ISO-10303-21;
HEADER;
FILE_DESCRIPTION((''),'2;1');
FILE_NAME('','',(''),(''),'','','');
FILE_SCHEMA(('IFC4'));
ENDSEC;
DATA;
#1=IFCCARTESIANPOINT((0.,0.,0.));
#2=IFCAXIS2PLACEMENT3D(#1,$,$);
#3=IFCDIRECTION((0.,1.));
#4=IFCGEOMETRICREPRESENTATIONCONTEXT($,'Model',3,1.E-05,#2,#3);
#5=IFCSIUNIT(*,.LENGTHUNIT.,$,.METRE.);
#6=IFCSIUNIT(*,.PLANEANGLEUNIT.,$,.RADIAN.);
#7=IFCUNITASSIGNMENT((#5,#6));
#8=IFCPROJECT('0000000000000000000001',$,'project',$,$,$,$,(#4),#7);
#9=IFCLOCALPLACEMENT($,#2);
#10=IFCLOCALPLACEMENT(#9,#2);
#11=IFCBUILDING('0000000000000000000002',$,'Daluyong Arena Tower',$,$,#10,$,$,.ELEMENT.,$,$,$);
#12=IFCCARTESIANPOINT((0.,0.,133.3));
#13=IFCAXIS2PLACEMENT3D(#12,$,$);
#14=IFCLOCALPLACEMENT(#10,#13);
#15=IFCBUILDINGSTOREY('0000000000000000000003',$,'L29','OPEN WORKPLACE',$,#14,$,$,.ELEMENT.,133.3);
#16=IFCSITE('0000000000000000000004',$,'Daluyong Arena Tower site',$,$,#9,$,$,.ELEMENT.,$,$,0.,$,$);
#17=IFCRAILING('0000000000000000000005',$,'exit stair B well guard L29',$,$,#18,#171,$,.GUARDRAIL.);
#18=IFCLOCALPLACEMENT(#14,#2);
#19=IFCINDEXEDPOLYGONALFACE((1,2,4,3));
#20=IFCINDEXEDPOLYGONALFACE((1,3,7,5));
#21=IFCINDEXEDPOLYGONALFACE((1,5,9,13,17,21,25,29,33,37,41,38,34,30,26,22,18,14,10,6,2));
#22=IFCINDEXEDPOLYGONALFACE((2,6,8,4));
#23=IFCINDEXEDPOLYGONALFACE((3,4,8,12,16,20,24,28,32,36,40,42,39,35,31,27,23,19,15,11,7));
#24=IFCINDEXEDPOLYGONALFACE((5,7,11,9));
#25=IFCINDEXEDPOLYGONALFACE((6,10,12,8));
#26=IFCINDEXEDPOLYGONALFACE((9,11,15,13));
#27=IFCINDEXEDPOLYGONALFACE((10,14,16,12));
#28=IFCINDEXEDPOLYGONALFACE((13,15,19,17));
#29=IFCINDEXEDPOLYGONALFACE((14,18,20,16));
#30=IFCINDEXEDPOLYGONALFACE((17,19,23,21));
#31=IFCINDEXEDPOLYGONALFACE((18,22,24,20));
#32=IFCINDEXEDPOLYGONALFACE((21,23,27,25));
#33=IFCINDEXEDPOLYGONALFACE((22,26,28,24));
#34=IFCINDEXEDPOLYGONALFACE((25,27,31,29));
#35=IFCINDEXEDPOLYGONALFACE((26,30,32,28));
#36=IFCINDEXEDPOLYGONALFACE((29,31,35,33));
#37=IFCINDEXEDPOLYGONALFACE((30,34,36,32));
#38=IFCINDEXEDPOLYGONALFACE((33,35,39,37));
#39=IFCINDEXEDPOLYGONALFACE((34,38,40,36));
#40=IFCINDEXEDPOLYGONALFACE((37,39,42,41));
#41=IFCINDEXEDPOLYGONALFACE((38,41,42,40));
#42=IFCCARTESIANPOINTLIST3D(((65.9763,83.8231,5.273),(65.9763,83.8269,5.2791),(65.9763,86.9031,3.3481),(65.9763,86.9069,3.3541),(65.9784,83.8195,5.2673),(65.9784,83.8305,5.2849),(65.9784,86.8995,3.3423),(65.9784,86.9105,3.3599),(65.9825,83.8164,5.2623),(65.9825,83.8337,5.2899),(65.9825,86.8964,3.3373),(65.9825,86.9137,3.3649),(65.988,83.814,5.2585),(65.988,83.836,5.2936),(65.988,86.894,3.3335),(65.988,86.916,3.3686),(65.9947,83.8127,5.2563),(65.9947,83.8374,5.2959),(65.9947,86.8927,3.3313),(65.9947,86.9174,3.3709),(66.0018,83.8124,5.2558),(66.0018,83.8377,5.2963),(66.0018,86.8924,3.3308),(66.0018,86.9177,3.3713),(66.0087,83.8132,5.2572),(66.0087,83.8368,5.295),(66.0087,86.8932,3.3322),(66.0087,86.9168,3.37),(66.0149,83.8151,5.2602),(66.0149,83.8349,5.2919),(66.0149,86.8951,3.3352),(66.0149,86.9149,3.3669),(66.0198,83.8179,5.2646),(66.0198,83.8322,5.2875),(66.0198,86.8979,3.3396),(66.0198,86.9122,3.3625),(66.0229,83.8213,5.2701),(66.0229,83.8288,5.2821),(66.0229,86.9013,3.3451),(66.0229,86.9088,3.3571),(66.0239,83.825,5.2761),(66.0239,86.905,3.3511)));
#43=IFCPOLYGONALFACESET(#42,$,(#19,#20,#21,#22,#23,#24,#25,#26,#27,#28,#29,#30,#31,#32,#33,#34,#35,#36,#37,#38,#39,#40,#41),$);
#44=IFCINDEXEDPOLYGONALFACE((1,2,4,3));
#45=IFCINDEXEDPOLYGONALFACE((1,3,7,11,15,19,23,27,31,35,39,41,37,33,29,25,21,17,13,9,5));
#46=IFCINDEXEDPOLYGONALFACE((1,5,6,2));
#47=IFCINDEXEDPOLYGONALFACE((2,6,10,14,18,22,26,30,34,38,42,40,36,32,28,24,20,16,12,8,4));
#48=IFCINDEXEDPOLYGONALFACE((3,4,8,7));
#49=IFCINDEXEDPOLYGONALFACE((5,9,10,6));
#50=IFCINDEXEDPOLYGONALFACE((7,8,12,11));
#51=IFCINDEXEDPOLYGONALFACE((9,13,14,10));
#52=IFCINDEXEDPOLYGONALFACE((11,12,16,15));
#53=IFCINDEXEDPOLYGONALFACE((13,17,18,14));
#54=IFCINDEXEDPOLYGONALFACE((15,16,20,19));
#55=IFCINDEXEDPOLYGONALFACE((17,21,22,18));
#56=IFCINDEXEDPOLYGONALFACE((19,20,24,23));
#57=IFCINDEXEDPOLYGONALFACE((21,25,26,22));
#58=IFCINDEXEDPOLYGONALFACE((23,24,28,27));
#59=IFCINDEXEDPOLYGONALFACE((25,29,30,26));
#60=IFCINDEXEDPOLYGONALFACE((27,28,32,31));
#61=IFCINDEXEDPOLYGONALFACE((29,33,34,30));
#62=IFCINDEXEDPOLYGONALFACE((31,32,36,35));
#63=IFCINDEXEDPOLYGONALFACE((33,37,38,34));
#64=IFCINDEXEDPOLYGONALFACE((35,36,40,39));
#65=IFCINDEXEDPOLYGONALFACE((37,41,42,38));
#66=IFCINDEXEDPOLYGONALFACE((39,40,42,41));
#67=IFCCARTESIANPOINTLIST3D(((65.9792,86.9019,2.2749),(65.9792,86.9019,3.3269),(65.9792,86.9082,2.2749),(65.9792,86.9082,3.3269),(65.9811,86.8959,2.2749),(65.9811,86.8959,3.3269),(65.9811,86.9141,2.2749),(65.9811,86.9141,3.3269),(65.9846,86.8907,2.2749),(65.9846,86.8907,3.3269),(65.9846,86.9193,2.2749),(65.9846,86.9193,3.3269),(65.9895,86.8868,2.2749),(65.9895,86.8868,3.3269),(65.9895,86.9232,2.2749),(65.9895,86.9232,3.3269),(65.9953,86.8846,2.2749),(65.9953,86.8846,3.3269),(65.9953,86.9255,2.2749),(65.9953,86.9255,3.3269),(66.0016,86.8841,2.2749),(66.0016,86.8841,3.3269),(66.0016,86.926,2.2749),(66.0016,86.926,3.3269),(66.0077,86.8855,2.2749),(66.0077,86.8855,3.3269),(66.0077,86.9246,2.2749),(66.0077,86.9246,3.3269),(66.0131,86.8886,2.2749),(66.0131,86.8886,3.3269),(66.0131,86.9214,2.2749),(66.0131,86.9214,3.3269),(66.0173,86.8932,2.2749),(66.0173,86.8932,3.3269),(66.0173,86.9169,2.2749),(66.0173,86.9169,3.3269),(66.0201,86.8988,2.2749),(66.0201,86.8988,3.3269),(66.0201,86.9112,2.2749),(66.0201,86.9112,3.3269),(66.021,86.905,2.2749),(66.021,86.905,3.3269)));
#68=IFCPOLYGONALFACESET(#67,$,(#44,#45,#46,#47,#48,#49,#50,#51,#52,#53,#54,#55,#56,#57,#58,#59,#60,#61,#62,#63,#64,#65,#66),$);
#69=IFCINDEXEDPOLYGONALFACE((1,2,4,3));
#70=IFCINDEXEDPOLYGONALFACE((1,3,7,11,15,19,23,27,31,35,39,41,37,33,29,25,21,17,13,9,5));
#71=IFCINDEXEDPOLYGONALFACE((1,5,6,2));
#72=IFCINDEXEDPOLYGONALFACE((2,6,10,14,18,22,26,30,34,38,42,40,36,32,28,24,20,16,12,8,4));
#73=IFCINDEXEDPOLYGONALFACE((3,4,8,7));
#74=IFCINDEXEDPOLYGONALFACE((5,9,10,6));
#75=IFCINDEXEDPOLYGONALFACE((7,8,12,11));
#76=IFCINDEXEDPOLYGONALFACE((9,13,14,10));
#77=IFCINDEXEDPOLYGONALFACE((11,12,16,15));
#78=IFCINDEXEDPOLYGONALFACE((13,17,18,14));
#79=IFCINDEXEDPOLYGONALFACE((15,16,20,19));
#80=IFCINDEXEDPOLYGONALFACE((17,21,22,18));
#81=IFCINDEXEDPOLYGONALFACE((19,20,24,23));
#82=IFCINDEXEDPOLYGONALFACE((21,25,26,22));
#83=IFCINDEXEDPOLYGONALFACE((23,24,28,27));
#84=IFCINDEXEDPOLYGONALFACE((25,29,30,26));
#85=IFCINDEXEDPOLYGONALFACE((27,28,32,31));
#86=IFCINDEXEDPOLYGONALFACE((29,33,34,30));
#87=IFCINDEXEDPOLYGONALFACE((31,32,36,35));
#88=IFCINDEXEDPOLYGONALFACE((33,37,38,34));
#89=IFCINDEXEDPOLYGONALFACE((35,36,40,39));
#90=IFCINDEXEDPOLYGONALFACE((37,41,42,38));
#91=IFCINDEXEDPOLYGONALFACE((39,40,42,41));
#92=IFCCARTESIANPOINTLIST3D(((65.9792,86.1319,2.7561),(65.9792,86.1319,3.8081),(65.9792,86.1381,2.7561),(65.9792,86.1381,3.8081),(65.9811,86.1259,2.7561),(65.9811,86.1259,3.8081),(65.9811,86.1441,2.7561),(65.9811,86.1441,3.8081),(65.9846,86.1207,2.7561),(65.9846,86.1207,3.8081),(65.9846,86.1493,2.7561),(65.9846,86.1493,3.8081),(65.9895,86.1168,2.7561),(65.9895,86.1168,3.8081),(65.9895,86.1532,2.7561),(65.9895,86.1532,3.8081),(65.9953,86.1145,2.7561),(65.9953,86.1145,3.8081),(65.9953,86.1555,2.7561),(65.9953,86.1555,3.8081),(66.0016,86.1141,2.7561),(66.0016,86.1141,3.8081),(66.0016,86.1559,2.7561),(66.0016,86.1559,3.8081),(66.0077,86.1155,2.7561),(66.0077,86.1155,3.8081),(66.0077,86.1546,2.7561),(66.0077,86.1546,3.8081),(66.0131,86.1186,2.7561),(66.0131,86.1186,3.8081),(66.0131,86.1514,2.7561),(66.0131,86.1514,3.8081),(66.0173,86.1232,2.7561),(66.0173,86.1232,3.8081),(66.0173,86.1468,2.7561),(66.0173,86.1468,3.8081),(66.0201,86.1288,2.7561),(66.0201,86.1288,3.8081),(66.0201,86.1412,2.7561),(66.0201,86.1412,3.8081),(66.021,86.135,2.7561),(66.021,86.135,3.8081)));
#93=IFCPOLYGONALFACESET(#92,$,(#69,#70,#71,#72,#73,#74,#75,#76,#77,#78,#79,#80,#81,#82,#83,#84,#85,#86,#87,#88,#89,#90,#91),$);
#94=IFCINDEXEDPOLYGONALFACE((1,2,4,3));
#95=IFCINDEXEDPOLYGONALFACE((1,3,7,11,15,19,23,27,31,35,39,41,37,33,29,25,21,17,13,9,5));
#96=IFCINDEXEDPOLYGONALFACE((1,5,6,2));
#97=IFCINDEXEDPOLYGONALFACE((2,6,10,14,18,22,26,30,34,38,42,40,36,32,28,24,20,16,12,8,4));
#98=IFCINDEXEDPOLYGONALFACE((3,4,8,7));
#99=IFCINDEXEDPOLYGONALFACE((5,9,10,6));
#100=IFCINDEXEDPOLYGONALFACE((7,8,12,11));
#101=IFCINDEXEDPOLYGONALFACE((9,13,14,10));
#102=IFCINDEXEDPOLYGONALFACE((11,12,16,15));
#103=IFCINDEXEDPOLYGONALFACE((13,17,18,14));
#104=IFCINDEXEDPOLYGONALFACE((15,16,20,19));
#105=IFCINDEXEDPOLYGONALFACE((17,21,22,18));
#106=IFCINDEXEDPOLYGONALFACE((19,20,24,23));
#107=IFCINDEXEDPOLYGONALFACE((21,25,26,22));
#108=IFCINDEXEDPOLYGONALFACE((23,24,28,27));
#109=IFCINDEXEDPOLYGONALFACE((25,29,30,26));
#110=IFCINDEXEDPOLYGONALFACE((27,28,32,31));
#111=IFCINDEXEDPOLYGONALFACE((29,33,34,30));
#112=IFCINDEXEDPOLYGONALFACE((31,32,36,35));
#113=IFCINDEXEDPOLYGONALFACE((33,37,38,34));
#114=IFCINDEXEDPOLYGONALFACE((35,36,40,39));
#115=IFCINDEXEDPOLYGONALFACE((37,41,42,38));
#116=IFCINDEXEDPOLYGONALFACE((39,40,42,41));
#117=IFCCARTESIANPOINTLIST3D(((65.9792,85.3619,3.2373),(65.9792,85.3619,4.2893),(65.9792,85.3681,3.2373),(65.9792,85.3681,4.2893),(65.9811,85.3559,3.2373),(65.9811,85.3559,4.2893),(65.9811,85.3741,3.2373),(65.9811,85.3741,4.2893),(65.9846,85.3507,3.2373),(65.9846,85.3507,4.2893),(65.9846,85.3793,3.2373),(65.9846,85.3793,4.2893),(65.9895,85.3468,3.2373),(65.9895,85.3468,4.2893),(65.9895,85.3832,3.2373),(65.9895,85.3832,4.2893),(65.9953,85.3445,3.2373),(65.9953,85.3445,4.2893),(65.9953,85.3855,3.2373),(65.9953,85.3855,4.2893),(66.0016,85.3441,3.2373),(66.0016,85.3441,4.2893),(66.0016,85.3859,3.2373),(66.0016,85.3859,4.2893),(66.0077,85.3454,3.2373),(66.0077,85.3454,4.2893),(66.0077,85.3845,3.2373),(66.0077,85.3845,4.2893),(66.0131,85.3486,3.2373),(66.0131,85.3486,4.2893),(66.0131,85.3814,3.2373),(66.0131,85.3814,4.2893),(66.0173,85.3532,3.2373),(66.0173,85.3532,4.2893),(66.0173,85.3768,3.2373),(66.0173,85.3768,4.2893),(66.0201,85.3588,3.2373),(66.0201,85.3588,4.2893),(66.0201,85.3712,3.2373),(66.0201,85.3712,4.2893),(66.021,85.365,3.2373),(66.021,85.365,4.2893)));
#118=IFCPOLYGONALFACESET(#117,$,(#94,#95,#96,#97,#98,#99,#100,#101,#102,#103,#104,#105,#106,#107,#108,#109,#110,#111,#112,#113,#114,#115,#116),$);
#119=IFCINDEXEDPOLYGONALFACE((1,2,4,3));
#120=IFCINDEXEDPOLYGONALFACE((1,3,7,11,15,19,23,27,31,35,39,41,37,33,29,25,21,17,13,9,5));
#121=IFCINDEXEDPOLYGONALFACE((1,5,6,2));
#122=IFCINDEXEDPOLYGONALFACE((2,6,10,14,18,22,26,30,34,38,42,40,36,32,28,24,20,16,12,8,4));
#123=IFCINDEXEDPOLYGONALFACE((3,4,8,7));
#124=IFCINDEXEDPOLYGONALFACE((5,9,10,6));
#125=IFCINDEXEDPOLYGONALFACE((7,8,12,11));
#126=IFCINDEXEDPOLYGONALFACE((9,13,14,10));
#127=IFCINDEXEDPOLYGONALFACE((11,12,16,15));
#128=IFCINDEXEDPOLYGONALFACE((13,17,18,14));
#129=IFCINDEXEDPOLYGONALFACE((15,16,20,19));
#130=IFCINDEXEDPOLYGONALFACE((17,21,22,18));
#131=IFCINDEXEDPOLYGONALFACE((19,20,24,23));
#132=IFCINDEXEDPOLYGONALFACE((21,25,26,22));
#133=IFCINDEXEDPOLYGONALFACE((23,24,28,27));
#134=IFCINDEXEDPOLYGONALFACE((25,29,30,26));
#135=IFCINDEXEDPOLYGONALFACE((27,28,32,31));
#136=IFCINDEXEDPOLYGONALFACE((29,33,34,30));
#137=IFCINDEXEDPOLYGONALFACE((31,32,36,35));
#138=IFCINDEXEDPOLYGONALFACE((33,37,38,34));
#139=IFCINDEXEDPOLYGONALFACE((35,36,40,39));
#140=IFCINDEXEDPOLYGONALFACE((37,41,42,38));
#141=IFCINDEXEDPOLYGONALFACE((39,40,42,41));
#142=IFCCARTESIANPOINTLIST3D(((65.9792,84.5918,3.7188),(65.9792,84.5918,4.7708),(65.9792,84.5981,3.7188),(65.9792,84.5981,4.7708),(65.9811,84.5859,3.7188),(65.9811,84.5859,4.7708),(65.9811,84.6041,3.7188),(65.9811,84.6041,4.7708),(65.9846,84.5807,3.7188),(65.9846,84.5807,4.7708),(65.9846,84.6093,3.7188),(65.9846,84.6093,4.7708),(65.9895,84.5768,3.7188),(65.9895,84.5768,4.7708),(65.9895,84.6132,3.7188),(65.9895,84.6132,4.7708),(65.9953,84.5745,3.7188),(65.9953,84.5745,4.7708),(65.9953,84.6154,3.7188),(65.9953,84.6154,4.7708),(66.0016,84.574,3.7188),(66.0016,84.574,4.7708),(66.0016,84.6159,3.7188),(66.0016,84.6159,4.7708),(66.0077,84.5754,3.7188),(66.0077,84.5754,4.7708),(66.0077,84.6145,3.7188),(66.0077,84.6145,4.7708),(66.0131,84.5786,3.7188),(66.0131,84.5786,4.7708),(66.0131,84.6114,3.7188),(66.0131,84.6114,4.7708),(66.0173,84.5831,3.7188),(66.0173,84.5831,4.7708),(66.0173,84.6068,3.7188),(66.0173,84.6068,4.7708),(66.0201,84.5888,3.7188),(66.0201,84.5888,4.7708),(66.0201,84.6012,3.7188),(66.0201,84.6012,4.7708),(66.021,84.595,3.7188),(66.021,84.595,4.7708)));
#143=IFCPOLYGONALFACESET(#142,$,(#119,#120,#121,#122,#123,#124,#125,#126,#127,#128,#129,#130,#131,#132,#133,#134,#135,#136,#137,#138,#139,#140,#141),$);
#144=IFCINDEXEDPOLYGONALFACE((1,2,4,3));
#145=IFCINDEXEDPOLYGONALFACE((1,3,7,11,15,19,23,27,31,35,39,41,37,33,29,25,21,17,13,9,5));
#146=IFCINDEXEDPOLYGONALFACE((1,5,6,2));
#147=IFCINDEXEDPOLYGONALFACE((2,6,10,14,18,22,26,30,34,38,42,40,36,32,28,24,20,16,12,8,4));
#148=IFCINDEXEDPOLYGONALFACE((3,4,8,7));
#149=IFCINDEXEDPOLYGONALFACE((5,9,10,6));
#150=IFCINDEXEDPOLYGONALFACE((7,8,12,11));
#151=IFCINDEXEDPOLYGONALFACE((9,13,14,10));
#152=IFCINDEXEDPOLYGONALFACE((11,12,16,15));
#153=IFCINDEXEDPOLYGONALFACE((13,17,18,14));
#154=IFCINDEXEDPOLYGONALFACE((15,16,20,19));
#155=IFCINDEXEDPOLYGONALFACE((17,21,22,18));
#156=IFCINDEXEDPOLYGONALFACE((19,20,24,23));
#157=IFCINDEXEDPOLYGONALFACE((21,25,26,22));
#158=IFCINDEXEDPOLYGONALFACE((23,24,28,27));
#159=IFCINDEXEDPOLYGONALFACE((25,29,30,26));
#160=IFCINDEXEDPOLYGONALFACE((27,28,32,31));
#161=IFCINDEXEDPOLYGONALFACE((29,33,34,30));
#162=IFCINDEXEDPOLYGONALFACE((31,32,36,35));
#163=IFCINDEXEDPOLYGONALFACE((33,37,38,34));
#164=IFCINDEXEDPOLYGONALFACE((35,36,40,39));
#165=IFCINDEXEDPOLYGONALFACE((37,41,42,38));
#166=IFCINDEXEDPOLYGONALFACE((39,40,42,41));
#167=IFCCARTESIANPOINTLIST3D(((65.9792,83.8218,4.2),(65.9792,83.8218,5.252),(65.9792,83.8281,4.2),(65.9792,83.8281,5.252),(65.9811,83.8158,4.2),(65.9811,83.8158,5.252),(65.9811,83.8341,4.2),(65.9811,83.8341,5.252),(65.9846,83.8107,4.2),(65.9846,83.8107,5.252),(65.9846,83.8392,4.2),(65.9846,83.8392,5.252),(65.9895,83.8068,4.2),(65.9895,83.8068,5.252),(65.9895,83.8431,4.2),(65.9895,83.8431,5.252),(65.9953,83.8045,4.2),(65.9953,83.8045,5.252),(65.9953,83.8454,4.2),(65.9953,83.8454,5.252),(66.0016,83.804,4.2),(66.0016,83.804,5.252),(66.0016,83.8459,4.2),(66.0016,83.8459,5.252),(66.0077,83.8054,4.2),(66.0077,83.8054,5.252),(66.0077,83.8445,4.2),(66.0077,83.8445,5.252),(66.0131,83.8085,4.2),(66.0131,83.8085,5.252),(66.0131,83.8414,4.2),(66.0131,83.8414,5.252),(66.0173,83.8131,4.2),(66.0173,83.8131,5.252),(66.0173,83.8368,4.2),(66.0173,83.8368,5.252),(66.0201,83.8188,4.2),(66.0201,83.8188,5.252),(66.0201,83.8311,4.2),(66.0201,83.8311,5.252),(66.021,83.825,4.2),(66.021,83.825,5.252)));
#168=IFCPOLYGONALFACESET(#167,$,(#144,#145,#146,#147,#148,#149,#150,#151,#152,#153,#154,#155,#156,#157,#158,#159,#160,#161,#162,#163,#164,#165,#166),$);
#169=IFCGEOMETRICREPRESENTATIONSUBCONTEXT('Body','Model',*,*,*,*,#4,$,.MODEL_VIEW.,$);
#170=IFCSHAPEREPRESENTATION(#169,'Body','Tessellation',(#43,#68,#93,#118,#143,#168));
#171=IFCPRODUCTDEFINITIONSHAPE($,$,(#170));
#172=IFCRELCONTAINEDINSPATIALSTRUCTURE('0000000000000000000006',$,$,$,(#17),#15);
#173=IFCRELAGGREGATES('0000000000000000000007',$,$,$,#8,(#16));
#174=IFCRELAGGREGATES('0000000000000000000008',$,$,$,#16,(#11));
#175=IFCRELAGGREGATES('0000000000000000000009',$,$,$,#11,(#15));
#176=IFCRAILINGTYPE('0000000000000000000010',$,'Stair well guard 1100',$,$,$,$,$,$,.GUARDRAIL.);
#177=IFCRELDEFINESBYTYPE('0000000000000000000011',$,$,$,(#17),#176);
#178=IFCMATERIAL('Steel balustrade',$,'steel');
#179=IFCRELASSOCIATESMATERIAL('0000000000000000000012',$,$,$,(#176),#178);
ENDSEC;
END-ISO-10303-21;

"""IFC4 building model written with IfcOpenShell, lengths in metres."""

from ifc_helpers import new_model, si_unit, direction, frame, origin, origin_2d, place, context, subcontext, project, spatial, circle, extrude, material, type_object, element, save


model = new_model("IFC4")

# Units and contexts
model_context = context("Model", 3, precision=1e-05, world=origin(), true_north=direction((0.0, 1.0)))
body_context = subcontext(model_context, "Body", "Model", "MODEL_VIEW")
ifc_project = project(units=[si_unit("LENGTHUNIT", "METRE"), si_unit("PLANEANGLEUNIT", "RADIAN")], contexts=[model_context])

# Site, building, storey
site_placement = place(None, origin())
site = spatial("IfcSite", under=ifc_project, at=site_placement, Name="Daluyong Arena Tower site", CompositionType="ELEMENT", RefElevation=0.0)
building_placement = place(site_placement, origin())
building = spatial("IfcBuilding", under=site, at=building_placement, Name="Daluyong Arena Tower", CompositionType="ELEMENT")
storey_placement = place(building_placement, frame((0.0, 0.0, 133.3)))
storey = spatial("IfcBuildingStorey", under=building, at=storey_placement, Name="L29", Description="OPEN WORKPLACE", CompositionType="ELEMENT", Elevation=133.3)

# Railing
ifc_material_1 = material(Name="Steel balustrade", Category="steel")
railing_type_1 = type_object("IfcRailingType", Name="Stair well guard 1100", PredefinedType="GUARDRAIL", material=ifc_material_1)
railing_1_placement = place(storey_placement, frame((66.0, 86.905, 2.2749)))
element("IfcRailing", 1, at=railing_1_placement, inside=storey, type_object=railing_type_1, Name="exit stair B well guard L29", PredefinedType="GUARDRAIL", context=body_context, shape_type="SweptSolid", body=[
    extrude(circle(Radius=0.0239, at=origin_2d()), frame((0.0, 0.0, 1.0762), z_axis=(0.0, -0.847998, 0.529999), x_axis=(1.0, 0.0, 0.0)), (0.0, 0.0, 1.0), 3.6321),
    extrude(circle(Radius=0.021, at=origin_2d()), origin(), (0.0, 0.0, 1.0), 1.052),
    extrude(circle(Radius=0.021, at=origin_2d()), frame((0.0, -0.77, 0.4812)), (0.0, 0.0, 1.0), 1.052),
    extrude(circle(Radius=0.021, at=origin_2d()), frame((0.0, -1.54, 0.9624)), (0.0, 0.0, 1.0), 1.052),
    extrude(circle(Radius=0.021, at=origin_2d()), frame((0.0, -2.3101, 1.4438)), (0.0, 0.0, 1.0), 1.052),
    extrude(circle(Radius=0.021, at=origin_2d()), frame((0.0, -3.0801, 1.925)), (0.0, 0.0, 1.0), 1.052),
])

save(model, "model.ifc")
